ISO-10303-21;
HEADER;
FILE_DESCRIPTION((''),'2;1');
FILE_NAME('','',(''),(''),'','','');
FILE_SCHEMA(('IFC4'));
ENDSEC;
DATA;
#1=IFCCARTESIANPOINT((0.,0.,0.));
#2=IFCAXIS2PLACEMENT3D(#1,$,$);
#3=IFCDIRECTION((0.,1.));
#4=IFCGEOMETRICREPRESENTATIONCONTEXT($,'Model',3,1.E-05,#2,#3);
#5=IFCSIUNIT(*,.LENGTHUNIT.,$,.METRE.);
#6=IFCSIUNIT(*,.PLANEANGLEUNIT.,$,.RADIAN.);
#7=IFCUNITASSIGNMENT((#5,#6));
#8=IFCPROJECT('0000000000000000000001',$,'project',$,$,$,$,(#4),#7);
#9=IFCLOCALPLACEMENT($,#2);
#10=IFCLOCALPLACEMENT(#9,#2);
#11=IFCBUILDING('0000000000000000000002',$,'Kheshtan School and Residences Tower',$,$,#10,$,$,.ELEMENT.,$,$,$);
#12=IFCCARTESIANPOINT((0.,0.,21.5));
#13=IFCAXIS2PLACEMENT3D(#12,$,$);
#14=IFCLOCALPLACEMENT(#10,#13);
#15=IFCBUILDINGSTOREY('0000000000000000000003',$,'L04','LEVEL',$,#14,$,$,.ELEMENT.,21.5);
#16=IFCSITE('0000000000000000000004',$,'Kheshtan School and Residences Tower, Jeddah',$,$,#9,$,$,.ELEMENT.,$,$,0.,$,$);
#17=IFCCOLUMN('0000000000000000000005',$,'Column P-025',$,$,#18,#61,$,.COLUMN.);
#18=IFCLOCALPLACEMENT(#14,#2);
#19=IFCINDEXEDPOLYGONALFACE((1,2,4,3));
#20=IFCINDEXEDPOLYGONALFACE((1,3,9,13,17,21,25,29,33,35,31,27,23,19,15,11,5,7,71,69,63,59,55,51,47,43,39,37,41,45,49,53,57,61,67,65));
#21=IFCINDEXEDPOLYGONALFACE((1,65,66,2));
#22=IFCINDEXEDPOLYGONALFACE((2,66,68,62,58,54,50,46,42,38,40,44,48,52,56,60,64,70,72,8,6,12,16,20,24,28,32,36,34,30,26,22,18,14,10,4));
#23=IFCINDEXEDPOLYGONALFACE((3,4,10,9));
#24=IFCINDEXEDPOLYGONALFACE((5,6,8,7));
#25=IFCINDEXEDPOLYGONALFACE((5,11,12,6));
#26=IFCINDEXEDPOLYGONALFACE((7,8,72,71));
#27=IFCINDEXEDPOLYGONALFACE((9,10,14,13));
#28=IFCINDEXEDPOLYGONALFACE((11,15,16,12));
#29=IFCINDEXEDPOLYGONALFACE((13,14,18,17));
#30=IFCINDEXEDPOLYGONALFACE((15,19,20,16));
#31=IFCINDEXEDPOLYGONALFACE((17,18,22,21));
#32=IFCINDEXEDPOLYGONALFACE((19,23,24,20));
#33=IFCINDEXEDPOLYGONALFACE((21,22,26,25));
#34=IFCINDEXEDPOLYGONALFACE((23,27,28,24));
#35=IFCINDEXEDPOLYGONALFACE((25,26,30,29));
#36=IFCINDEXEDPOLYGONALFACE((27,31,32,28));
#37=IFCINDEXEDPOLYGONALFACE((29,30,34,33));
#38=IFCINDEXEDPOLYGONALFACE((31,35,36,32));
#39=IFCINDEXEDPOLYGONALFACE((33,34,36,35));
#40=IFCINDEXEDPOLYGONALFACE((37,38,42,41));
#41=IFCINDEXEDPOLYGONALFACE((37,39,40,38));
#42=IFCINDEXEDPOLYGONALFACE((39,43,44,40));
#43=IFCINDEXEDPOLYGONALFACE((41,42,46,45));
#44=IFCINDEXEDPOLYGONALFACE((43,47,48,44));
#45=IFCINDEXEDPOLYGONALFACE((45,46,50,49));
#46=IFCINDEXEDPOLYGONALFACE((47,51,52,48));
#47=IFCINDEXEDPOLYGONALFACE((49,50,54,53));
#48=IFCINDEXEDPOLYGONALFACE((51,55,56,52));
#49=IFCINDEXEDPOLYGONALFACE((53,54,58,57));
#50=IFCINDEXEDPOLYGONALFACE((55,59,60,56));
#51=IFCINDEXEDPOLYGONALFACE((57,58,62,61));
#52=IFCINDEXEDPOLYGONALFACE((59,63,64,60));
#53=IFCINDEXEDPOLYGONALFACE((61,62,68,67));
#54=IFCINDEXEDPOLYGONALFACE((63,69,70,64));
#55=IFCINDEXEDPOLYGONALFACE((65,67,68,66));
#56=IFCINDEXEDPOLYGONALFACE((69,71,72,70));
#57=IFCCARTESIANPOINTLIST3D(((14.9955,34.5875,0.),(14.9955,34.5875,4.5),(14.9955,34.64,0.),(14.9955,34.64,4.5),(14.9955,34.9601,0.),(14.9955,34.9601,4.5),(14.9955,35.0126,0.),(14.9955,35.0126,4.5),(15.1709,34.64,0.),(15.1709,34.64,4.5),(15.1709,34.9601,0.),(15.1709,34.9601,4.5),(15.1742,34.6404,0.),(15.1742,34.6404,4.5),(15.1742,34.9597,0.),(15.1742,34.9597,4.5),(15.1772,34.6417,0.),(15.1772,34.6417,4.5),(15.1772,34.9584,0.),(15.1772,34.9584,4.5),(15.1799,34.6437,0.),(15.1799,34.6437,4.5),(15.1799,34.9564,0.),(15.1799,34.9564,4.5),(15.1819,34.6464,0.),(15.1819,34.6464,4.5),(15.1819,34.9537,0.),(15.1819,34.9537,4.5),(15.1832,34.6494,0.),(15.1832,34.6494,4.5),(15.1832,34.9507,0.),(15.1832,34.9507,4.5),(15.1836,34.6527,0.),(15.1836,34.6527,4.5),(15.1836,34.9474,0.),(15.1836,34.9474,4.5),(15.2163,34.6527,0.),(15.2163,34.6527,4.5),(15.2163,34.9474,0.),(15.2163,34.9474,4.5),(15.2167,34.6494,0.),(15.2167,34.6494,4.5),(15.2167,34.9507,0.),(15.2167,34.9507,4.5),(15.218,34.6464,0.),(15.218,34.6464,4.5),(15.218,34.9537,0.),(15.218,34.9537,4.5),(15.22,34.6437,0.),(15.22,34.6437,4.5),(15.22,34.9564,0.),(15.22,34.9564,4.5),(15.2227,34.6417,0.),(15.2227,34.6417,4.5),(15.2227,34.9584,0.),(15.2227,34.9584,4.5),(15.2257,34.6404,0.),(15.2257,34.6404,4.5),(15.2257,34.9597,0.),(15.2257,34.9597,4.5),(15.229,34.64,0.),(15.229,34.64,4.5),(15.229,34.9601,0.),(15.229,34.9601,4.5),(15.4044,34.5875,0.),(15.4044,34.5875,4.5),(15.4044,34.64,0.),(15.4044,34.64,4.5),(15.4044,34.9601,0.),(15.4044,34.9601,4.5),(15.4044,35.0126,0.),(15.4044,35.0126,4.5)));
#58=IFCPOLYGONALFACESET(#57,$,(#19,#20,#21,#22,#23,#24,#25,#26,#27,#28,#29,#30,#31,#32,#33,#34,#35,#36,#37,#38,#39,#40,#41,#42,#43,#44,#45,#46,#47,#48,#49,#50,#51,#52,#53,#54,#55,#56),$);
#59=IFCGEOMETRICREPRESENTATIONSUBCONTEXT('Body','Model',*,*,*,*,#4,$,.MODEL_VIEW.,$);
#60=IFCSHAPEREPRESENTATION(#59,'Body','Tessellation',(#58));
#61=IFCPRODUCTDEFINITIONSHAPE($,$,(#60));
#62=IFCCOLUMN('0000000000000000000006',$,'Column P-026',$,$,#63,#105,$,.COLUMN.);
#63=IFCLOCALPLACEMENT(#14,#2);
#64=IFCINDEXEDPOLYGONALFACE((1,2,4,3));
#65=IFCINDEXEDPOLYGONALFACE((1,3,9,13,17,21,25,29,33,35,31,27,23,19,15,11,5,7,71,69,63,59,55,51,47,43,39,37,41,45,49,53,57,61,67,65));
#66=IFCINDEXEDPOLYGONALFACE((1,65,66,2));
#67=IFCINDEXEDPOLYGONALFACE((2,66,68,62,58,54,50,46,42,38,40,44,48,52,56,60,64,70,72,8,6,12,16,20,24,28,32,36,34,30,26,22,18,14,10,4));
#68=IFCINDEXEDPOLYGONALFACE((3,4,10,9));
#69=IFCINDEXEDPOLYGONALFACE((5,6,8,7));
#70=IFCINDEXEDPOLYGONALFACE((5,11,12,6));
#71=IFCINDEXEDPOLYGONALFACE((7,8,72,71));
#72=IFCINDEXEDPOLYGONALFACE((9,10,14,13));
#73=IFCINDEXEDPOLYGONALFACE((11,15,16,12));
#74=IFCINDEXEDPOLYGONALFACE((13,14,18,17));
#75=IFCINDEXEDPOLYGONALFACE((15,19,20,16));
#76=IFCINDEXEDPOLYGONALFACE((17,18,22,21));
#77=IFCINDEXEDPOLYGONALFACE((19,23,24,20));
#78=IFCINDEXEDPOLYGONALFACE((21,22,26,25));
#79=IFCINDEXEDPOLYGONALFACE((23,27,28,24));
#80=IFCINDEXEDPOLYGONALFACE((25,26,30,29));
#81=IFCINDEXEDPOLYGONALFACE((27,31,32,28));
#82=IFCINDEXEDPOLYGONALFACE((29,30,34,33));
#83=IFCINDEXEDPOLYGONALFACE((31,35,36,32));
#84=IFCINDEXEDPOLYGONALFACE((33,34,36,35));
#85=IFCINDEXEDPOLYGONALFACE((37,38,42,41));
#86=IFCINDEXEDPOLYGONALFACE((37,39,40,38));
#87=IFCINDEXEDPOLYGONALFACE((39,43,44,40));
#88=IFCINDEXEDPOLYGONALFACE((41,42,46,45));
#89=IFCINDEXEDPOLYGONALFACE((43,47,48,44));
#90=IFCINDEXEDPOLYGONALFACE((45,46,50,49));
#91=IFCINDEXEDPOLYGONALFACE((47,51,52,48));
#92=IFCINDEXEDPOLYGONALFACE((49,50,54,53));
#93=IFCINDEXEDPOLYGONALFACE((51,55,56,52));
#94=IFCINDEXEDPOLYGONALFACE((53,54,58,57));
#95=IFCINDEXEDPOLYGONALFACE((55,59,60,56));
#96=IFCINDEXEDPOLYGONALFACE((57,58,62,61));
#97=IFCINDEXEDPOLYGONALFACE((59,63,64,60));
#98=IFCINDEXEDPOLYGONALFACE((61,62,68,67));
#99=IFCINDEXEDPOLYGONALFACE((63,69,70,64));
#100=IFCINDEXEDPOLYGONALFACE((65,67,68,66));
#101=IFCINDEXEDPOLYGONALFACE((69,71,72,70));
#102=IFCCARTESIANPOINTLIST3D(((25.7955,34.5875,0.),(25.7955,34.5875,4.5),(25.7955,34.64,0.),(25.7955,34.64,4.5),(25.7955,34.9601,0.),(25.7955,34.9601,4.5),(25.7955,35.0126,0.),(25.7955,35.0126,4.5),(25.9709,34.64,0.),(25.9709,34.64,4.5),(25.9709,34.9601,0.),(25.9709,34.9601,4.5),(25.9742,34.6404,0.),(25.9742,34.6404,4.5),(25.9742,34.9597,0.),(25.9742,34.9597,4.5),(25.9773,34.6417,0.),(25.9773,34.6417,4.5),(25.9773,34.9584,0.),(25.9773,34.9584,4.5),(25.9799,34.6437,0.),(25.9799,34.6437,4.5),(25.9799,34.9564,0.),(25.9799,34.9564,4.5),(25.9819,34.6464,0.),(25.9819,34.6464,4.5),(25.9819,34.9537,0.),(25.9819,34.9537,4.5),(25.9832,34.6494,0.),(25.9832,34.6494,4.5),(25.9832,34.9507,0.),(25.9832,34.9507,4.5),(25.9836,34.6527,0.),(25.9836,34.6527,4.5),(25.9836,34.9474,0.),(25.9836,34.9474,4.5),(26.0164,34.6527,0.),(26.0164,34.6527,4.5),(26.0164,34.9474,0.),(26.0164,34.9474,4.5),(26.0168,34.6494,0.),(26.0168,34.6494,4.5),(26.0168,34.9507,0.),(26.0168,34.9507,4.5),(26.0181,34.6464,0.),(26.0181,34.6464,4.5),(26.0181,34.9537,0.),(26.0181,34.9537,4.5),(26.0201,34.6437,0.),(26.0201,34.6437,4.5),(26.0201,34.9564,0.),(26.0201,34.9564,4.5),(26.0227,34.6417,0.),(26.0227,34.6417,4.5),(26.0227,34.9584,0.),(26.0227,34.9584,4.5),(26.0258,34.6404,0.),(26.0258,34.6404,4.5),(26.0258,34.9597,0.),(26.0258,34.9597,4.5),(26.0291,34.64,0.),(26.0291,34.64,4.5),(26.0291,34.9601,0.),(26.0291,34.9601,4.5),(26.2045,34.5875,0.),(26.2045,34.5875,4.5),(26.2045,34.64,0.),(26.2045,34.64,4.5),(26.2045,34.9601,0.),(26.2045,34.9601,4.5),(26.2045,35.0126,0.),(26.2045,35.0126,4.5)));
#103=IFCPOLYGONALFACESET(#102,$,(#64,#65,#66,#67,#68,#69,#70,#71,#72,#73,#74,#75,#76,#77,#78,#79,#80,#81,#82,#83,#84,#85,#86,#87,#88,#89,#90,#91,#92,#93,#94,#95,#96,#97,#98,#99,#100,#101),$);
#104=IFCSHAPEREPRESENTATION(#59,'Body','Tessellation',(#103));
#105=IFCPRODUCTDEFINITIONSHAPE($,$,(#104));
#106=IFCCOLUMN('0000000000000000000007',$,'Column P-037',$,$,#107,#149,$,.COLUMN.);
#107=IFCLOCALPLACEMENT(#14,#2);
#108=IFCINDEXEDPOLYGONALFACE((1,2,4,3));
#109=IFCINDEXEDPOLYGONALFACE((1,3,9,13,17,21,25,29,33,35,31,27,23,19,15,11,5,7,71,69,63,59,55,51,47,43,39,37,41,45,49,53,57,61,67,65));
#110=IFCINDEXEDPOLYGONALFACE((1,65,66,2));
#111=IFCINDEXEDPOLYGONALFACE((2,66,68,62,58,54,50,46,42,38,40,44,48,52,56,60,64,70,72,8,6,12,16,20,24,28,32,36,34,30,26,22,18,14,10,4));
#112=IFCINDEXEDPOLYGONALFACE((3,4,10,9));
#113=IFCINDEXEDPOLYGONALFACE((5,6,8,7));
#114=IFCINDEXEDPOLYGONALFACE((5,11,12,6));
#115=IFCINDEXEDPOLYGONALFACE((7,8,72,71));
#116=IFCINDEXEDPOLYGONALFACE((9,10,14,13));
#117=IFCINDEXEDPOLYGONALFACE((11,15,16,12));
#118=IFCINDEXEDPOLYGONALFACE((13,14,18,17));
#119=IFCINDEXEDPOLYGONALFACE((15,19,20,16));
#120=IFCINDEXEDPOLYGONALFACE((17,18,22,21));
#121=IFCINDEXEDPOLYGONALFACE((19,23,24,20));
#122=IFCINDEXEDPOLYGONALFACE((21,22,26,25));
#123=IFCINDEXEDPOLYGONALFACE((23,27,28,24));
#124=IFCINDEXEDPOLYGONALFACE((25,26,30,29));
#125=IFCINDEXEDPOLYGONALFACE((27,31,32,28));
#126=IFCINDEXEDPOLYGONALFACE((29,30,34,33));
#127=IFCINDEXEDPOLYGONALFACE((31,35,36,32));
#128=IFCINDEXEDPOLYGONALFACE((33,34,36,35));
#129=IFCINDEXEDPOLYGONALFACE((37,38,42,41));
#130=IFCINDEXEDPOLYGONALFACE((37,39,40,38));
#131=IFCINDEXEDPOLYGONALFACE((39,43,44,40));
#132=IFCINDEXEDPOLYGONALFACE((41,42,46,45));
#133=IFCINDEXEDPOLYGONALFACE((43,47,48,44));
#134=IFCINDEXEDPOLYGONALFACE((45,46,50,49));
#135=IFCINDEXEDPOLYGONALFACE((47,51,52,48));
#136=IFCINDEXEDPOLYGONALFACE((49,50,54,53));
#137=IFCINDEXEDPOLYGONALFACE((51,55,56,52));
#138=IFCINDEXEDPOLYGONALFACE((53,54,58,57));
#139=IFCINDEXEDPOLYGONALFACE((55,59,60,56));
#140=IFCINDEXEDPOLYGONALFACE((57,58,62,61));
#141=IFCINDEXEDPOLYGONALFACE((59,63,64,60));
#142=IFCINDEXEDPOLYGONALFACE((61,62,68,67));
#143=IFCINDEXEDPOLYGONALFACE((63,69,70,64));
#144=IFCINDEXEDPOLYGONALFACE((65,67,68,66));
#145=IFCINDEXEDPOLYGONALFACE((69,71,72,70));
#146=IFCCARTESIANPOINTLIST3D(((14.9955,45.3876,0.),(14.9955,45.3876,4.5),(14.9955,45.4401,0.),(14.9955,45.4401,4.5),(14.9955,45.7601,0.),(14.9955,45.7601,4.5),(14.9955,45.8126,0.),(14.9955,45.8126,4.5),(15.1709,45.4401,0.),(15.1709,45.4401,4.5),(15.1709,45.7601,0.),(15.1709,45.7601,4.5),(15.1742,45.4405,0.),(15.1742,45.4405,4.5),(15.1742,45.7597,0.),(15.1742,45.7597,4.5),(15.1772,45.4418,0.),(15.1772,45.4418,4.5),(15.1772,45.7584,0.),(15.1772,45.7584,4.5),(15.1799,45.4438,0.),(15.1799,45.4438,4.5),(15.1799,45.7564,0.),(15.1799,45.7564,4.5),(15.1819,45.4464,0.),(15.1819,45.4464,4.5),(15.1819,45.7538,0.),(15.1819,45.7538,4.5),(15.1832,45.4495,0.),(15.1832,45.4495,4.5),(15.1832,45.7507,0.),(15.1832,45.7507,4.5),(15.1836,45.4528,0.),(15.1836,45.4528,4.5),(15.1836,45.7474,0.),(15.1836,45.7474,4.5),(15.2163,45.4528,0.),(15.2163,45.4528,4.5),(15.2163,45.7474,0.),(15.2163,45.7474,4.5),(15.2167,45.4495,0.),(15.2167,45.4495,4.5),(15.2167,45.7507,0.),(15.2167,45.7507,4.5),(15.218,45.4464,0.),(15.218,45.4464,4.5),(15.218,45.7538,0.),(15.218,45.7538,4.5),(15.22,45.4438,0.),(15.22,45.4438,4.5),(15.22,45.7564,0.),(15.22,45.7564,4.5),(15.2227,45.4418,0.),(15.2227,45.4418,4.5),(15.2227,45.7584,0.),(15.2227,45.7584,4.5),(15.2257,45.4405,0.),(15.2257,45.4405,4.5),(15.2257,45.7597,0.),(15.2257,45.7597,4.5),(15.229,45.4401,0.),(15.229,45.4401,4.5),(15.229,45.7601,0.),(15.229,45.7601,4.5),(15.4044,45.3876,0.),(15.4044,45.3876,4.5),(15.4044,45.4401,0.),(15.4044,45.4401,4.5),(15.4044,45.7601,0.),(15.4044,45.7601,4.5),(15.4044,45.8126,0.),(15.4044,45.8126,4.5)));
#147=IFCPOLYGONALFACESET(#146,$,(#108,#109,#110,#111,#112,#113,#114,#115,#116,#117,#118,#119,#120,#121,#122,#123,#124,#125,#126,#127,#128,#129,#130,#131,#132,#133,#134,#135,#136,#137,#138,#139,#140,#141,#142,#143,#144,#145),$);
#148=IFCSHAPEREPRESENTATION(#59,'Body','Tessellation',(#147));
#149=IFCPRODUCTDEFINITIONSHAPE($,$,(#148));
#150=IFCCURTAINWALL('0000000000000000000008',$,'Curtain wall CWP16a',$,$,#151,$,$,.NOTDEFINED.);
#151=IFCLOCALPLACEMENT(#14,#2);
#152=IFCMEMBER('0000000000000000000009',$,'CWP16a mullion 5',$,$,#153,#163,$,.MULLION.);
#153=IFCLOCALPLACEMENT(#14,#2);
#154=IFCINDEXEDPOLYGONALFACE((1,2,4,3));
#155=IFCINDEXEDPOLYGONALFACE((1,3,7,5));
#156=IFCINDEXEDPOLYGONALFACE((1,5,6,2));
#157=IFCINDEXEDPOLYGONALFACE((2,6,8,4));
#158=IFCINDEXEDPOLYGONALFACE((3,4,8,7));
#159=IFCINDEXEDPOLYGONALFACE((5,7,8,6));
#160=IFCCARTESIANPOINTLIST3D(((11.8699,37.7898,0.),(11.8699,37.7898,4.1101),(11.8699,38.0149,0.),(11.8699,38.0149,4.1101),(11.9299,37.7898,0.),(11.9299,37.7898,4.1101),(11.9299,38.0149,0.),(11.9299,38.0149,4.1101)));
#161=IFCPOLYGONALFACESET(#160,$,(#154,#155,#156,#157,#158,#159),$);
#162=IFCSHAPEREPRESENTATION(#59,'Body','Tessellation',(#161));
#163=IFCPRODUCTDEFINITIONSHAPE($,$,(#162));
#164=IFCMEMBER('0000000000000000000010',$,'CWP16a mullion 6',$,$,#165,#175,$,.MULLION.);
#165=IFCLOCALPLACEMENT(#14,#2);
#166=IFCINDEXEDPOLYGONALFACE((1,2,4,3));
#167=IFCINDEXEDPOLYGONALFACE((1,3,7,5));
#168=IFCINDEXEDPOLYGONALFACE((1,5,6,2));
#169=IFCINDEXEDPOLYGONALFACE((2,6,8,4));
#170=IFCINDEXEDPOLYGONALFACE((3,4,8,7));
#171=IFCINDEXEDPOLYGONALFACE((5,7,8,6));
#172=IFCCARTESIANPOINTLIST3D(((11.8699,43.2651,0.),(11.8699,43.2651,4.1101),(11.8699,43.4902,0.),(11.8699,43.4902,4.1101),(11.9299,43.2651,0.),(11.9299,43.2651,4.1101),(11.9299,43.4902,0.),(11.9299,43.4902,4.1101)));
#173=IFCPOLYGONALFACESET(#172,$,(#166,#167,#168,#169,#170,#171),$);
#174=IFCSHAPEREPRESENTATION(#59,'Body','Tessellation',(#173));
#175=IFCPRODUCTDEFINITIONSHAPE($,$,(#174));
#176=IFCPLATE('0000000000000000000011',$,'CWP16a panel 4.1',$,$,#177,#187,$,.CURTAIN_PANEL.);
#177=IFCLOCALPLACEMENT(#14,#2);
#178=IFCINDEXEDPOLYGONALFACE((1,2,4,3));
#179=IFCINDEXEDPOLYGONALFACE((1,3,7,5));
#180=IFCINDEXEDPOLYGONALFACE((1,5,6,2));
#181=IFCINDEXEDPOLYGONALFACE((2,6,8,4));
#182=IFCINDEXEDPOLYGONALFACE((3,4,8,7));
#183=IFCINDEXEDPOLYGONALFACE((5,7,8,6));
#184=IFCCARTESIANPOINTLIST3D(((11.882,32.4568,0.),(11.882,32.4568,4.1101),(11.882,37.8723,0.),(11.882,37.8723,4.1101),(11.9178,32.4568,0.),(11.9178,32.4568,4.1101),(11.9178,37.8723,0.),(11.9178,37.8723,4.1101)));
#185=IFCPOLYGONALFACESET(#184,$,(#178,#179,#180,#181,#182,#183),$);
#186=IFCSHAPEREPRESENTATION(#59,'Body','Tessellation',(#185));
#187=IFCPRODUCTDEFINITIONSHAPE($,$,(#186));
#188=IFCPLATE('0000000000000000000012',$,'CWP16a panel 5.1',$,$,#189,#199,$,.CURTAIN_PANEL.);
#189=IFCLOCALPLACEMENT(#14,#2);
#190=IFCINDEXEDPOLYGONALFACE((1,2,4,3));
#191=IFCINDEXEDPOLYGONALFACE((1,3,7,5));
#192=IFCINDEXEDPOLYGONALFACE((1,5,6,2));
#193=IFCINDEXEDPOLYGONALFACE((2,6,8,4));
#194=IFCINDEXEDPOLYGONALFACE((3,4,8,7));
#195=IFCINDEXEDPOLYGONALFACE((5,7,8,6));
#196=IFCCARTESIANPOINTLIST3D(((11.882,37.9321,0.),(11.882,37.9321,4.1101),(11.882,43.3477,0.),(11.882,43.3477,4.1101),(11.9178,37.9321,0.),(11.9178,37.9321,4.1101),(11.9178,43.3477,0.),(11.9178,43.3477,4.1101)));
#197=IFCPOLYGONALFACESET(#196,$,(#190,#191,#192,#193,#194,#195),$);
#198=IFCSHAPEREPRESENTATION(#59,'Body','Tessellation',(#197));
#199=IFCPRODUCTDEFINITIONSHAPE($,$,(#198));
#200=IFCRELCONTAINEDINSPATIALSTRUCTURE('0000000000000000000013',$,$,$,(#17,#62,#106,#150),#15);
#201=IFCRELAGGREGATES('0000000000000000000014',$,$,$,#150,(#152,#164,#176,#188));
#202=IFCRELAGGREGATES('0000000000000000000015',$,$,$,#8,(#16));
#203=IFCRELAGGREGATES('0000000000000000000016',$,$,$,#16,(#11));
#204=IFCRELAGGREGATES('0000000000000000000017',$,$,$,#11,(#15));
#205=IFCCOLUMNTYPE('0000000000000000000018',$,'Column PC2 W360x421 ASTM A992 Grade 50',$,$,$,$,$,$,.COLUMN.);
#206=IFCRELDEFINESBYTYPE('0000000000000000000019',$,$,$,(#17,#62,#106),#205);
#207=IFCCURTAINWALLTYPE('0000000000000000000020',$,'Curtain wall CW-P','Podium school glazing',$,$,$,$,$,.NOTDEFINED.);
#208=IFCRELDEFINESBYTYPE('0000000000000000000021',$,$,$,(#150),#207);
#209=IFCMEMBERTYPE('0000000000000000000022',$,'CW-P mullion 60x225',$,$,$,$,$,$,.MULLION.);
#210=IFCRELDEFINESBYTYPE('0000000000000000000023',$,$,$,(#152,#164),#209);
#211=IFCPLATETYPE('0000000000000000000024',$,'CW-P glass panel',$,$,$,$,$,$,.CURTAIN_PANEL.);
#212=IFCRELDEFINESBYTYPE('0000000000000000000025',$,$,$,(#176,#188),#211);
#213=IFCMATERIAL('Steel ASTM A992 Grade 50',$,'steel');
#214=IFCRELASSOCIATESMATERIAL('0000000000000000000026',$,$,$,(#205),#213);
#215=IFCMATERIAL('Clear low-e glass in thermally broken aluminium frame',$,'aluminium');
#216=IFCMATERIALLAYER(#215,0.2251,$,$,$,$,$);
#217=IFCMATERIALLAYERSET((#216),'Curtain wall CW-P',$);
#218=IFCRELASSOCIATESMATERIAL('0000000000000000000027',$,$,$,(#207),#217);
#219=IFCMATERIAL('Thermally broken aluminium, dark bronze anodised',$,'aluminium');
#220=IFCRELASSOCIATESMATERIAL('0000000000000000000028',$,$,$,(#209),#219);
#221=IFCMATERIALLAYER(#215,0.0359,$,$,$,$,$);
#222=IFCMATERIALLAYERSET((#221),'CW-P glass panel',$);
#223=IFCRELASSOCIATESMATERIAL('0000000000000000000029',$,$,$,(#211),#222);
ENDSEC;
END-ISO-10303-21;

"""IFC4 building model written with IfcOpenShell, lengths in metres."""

from ifc_helpers import new_model, si_unit, direction, frame, origin, origin_2d, place, context, subcontext, project, spatial, rectangle, i_section, extrude, material, layer, layer_set, material_profile, profile_set, type_object, element, aggregate, save


model = new_model("IFC4")

# Units and contexts
model_context = context("Model", 3, precision=1e-05, world=origin(), true_north=direction((0.0, 1.0)))
body_context = subcontext(model_context, "Body", "Model", "MODEL_VIEW")
ifc_project = project(units=[si_unit("LENGTHUNIT", "METRE"), si_unit("PLANEANGLEUNIT", "RADIAN")], contexts=[model_context])

# Site, building, storey
site_placement = place(None, origin())
site = spatial("IfcSite", under=ifc_project, at=site_placement, Name="Kheshtan School and Residences Tower, Jeddah", CompositionType="ELEMENT", RefElevation=0.0)
building_placement = place(site_placement, origin())
building = spatial("IfcBuilding", under=site, at=building_placement, Name="Kheshtan School and Residences Tower", CompositionType="ELEMENT")
storey_placement = place(building_placement, frame((0.0, 0.0, 21.5)))
storey = spatial("IfcBuildingStorey", under=building, at=storey_placement, Name="L04", Description="LEVEL", CompositionType="ELEMENT", Elevation=21.5)

# Columns
ifc_material_1 = material(Name="Steel ASTM A992 Grade 50", Category="steel")
ifc_material_profile_1 = material_profile(ifc_material_1, i_section(OverallWidth=0.4089, OverallDepth=0.425, WebThickness=0.0327, FlangeThickness=0.0525, FilletRadius=0.0127, at=origin_2d()), Name="W360x421")
ifc_profile_set_1 = profile_set([ifc_material_profile_1], Name="Steel ASTM A992 Grade 50")
column_type = type_object("IfcColumnType", Name="Column PC2 W360x421 ASTM A992 Grade 50", PredefinedType="COLUMN", material=ifc_profile_set_1)
for number, where, z_axis, x_axis, name in (
    (1, (15.2, 34.8, 0.0), (0.0, 0.0, 1.0), (1.0, 0.0, 0.0), "Column P-025"),
    (2, (26.0, 34.8, 0.0), (0.0, 0.0, 1.0), (1.0, 0.0, 0.0), "Column P-026"),
    (3, (15.2, 45.6001, 0.0), (0.0, 0.0, 1.0), (1.0, 0.0, 0.0), "Column P-037"),
):
    element("IfcColumn", number, at=place(storey_placement, frame(where, z_axis=z_axis, x_axis=x_axis)), inside=storey, type_object=column_type, Name=name, PredefinedType="COLUMN", context=body_context, shape_type="SweptSolid", body=[
        extrude(i_section(OverallWidth=0.4089, OverallDepth=0.425, WebThickness=0.0327, FlangeThickness=0.0525, FilletRadius=0.0127, at=origin_2d()), origin(), (0.0, 0.0, 1.0), 4.5),
    ])

# Curtain wall, members, plates
ifc_material_2 = material(Name="Clear low-e glass in thermally broken aluminium frame", Category="aluminium")
ifc_layer_1 = layer(ifc_material_2, 0.2251)
ifc_layer_set_1 = layer_set([ifc_layer_1], Name="Curtain wall CW-P")
curtain_wall_type = type_object("IfcCurtainWallType", Name="Curtain wall CW-P", Description="Podium school glazing", PredefinedType="NOTDEFINED", material=ifc_layer_set_1)
curtain_wall_placement = place(storey_placement, origin())
curtain_wall = element("IfcCurtainWall", 4, at=curtain_wall_placement, inside=storey, type_object=curtain_wall_type, Name="Curtain wall CWP16a", PredefinedType="NOTDEFINED")
ifc_material_3 = material(Name="Thermally broken aluminium, dark bronze anodised", Category="aluminium")
ifc_material_profile_2 = material_profile(ifc_material_3, rectangle(XDim=0.0601, YDim=0.2251, at=origin_2d()), Name="CW-P mullion 60x225")
ifc_profile_set_2 = profile_set([ifc_material_profile_2], Name="Thermally broken aluminium, dark bronze anodised")
member_type = type_object("IfcMemberType", Name="CW-P mullion 60x225", PredefinedType="MULLION", material=ifc_profile_set_2)
member_1_placement = place(storey_placement, frame((11.8999, 37.9023, 0.0), z_axis=(0.0, 0.0, 1.0), x_axis=(-1.0, 0.0, 0.0)))
member_1 = element("IfcMember", 5, at=member_1_placement, type_object=member_type, Name="CWP16a mullion 5", PredefinedType="MULLION", context=body_context, shape_type="SweptSolid", body=[
    extrude(rectangle(XDim=0.0601, YDim=0.2251, at=origin_2d()), origin(), (0.0, 0.0, 1.0), 4.1101),
])
member_2_placement = place(storey_placement, frame((11.8999, 43.3777, 0.0), z_axis=(0.0, 0.0, 1.0), x_axis=(-1.0, 0.0, 0.0)))
member_2 = element("IfcMember", 6, at=member_2_placement, type_object=member_type, Name="CWP16a mullion 6", PredefinedType="MULLION", context=body_context, shape_type="SweptSolid", body=[
    extrude(rectangle(XDim=0.0601, YDim=0.2251, at=origin_2d()), origin(), (0.0, 0.0, 1.0), 4.1101),
])
ifc_layer_2 = layer(ifc_material_2, 0.0359)
ifc_layer_set_2 = layer_set([ifc_layer_2], Name="CW-P glass panel")
plate_type = type_object("IfcPlateType", Name="CW-P glass panel", PredefinedType="CURTAIN_PANEL", material=ifc_layer_set_2)
plate_1_placement = place(storey_placement, frame((11.8999, 35.1646, 0.0), z_axis=(0.0, 0.0, 1.0), x_axis=(0.0, 1.0, 0.0)))
plate_1 = element("IfcPlate", 7, at=plate_1_placement, type_object=plate_type, Name="CWP16a panel 4.1", PredefinedType="CURTAIN_PANEL", context=body_context, shape_type="SweptSolid", body=[
    extrude(rectangle(XDim=5.4155, YDim=0.0359, at=origin_2d()), origin(), (0.0, 0.0, 1.0), 4.1101),
])
plate_2_placement = place(storey_placement, frame((11.8999, 40.6399, 0.0), z_axis=(0.0, 0.0, 1.0), x_axis=(0.0, 1.0, 0.0)))
plate_2 = element("IfcPlate", 8, at=plate_2_placement, type_object=plate_type, Name="CWP16a panel 5.1", PredefinedType="CURTAIN_PANEL", context=body_context, shape_type="SweptSolid", body=[
    extrude(rectangle(XDim=5.4155, YDim=0.0359, at=origin_2d()), origin(), (0.0, 0.0, 1.0), 4.1101),
])
aggregate(curtain_wall, [member_1, member_2, plate_1, plate_2])

save(model, "model.ifc")
